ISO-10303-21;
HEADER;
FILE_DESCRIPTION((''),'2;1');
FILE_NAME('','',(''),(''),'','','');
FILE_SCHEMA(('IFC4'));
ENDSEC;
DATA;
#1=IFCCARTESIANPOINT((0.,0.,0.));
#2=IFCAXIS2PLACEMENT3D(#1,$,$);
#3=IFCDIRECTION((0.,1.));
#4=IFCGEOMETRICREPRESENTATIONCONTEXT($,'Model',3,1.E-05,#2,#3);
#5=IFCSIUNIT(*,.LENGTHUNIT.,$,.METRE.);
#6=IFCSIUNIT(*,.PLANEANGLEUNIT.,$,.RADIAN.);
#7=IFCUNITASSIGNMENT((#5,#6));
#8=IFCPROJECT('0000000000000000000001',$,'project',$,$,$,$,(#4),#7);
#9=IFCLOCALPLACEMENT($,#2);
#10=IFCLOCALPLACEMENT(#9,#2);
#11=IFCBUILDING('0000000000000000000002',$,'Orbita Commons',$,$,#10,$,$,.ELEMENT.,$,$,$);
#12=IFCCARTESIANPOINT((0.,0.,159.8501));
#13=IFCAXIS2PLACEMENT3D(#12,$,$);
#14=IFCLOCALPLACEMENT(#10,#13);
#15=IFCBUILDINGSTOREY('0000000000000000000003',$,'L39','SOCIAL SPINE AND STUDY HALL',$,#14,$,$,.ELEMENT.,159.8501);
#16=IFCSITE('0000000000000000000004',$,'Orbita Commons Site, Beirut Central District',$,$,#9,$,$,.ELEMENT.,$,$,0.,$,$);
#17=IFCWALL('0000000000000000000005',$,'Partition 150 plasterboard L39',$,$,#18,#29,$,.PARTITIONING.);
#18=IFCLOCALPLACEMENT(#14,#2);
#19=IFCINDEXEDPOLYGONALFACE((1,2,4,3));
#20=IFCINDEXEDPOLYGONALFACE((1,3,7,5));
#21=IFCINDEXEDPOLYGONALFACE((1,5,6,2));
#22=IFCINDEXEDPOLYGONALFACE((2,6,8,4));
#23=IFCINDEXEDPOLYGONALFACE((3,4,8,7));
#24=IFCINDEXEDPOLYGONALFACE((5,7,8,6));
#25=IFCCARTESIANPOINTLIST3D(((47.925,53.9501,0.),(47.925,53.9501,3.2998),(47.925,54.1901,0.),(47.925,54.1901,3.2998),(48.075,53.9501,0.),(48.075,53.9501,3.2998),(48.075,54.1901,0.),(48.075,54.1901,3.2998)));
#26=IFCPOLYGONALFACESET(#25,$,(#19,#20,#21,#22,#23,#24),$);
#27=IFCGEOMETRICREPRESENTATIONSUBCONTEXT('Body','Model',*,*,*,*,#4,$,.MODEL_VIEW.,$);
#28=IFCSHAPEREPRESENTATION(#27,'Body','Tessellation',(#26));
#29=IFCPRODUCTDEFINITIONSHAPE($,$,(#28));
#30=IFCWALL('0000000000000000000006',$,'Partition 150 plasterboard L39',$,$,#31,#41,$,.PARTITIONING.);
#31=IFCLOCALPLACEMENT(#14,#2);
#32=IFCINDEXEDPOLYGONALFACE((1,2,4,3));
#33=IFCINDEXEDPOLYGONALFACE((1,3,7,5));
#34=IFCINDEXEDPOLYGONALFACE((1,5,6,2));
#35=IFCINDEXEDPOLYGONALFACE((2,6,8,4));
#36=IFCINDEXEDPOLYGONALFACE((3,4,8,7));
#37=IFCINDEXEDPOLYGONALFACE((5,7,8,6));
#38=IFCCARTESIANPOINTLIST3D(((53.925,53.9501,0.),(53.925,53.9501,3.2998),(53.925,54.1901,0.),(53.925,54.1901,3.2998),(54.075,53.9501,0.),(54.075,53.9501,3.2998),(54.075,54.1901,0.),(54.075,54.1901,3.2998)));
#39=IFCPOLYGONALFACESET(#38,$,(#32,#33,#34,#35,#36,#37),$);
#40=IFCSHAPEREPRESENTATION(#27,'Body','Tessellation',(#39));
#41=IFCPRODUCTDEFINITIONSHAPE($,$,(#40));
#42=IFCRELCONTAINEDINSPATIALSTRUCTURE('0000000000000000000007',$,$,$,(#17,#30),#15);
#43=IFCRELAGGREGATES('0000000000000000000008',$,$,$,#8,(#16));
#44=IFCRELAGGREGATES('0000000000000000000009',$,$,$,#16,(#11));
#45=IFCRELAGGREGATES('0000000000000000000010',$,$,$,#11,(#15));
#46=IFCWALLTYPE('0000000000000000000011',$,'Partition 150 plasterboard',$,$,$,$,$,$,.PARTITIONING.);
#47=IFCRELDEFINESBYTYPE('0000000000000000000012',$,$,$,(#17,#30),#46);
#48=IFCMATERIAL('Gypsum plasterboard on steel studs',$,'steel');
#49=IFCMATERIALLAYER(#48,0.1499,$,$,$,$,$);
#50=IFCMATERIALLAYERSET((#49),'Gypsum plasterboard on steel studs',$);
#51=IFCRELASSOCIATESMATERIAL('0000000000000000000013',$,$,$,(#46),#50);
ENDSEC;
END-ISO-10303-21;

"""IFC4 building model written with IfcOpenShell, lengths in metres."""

from ifc_helpers import new_model, si_unit, direction, frame, frame_2d, origin, place, context, subcontext, project, spatial, rectangle, extrude, material, layer, layer_set, type_object, element, save


model = new_model("IFC4")

# Units and contexts
model_context = context("Model", 3, precision=1e-05, world=origin(), true_north=direction((0.0, 1.0)))
body_context = subcontext(model_context, "Body", "Model", "MODEL_VIEW")
ifc_project = project(units=[si_unit("LENGTHUNIT", "METRE"), si_unit("PLANEANGLEUNIT", "RADIAN")], contexts=[model_context])

# Site, building, storey
site_placement = place(None, origin())
site = spatial("IfcSite", under=ifc_project, at=site_placement, Name="Orbita Commons Site, Beirut Central District", CompositionType="ELEMENT", RefElevation=0.0)
building_placement = place(site_placement, origin())
building = spatial("IfcBuilding", under=site, at=building_placement, Name="Orbita Commons", CompositionType="ELEMENT")
storey_placement = place(building_placement, frame((0.0, 0.0, 159.8501)))
storey = spatial("IfcBuildingStorey", under=building, at=storey_placement, Name="L39", Description="SOCIAL SPINE AND STUDY HALL", CompositionType="ELEMENT", Elevation=159.8501)

# Walls
ifc_material_1 = material(Name="Gypsum plasterboard on steel studs", Category="steel")
ifc_layer_1 = layer(ifc_material_1, 0.1499)
ifc_layer_set_1 = layer_set([ifc_layer_1], Name="Gypsum plasterboard on steel studs")
wall_type_1 = type_object("IfcWallType", Name="Partition 150 plasterboard", PredefinedType="PARTITIONING", material=ifc_layer_set_1)
for number, where, z_axis, x_axis, name in (
    (1, (48.0, 53.95, 0.0), (0.0, 0.0, 1.0), (0.0, 1.0, 0.0), "Partition 150 plasterboard L39"),
    (2, (54.0, 53.95, 0.0), (0.0, 0.0, 1.0), (0.0, 1.0, 0.0), "Partition 150 plasterboard L39"),
):
    element("IfcWall", number, at=place(storey_placement, frame(where, z_axis=z_axis, x_axis=x_axis)), inside=storey, type_object=wall_type_1, Name=name, PredefinedType="PARTITIONING", context=body_context, shape_type="SweptSolid", body=[
        extrude(rectangle(XDim=0.24, YDim=0.1499, at=frame_2d((0.1201, 0.0))), origin(), (0.0, 0.0, 1.0), 3.2998),
    ])

save(model, "model.ifc")
